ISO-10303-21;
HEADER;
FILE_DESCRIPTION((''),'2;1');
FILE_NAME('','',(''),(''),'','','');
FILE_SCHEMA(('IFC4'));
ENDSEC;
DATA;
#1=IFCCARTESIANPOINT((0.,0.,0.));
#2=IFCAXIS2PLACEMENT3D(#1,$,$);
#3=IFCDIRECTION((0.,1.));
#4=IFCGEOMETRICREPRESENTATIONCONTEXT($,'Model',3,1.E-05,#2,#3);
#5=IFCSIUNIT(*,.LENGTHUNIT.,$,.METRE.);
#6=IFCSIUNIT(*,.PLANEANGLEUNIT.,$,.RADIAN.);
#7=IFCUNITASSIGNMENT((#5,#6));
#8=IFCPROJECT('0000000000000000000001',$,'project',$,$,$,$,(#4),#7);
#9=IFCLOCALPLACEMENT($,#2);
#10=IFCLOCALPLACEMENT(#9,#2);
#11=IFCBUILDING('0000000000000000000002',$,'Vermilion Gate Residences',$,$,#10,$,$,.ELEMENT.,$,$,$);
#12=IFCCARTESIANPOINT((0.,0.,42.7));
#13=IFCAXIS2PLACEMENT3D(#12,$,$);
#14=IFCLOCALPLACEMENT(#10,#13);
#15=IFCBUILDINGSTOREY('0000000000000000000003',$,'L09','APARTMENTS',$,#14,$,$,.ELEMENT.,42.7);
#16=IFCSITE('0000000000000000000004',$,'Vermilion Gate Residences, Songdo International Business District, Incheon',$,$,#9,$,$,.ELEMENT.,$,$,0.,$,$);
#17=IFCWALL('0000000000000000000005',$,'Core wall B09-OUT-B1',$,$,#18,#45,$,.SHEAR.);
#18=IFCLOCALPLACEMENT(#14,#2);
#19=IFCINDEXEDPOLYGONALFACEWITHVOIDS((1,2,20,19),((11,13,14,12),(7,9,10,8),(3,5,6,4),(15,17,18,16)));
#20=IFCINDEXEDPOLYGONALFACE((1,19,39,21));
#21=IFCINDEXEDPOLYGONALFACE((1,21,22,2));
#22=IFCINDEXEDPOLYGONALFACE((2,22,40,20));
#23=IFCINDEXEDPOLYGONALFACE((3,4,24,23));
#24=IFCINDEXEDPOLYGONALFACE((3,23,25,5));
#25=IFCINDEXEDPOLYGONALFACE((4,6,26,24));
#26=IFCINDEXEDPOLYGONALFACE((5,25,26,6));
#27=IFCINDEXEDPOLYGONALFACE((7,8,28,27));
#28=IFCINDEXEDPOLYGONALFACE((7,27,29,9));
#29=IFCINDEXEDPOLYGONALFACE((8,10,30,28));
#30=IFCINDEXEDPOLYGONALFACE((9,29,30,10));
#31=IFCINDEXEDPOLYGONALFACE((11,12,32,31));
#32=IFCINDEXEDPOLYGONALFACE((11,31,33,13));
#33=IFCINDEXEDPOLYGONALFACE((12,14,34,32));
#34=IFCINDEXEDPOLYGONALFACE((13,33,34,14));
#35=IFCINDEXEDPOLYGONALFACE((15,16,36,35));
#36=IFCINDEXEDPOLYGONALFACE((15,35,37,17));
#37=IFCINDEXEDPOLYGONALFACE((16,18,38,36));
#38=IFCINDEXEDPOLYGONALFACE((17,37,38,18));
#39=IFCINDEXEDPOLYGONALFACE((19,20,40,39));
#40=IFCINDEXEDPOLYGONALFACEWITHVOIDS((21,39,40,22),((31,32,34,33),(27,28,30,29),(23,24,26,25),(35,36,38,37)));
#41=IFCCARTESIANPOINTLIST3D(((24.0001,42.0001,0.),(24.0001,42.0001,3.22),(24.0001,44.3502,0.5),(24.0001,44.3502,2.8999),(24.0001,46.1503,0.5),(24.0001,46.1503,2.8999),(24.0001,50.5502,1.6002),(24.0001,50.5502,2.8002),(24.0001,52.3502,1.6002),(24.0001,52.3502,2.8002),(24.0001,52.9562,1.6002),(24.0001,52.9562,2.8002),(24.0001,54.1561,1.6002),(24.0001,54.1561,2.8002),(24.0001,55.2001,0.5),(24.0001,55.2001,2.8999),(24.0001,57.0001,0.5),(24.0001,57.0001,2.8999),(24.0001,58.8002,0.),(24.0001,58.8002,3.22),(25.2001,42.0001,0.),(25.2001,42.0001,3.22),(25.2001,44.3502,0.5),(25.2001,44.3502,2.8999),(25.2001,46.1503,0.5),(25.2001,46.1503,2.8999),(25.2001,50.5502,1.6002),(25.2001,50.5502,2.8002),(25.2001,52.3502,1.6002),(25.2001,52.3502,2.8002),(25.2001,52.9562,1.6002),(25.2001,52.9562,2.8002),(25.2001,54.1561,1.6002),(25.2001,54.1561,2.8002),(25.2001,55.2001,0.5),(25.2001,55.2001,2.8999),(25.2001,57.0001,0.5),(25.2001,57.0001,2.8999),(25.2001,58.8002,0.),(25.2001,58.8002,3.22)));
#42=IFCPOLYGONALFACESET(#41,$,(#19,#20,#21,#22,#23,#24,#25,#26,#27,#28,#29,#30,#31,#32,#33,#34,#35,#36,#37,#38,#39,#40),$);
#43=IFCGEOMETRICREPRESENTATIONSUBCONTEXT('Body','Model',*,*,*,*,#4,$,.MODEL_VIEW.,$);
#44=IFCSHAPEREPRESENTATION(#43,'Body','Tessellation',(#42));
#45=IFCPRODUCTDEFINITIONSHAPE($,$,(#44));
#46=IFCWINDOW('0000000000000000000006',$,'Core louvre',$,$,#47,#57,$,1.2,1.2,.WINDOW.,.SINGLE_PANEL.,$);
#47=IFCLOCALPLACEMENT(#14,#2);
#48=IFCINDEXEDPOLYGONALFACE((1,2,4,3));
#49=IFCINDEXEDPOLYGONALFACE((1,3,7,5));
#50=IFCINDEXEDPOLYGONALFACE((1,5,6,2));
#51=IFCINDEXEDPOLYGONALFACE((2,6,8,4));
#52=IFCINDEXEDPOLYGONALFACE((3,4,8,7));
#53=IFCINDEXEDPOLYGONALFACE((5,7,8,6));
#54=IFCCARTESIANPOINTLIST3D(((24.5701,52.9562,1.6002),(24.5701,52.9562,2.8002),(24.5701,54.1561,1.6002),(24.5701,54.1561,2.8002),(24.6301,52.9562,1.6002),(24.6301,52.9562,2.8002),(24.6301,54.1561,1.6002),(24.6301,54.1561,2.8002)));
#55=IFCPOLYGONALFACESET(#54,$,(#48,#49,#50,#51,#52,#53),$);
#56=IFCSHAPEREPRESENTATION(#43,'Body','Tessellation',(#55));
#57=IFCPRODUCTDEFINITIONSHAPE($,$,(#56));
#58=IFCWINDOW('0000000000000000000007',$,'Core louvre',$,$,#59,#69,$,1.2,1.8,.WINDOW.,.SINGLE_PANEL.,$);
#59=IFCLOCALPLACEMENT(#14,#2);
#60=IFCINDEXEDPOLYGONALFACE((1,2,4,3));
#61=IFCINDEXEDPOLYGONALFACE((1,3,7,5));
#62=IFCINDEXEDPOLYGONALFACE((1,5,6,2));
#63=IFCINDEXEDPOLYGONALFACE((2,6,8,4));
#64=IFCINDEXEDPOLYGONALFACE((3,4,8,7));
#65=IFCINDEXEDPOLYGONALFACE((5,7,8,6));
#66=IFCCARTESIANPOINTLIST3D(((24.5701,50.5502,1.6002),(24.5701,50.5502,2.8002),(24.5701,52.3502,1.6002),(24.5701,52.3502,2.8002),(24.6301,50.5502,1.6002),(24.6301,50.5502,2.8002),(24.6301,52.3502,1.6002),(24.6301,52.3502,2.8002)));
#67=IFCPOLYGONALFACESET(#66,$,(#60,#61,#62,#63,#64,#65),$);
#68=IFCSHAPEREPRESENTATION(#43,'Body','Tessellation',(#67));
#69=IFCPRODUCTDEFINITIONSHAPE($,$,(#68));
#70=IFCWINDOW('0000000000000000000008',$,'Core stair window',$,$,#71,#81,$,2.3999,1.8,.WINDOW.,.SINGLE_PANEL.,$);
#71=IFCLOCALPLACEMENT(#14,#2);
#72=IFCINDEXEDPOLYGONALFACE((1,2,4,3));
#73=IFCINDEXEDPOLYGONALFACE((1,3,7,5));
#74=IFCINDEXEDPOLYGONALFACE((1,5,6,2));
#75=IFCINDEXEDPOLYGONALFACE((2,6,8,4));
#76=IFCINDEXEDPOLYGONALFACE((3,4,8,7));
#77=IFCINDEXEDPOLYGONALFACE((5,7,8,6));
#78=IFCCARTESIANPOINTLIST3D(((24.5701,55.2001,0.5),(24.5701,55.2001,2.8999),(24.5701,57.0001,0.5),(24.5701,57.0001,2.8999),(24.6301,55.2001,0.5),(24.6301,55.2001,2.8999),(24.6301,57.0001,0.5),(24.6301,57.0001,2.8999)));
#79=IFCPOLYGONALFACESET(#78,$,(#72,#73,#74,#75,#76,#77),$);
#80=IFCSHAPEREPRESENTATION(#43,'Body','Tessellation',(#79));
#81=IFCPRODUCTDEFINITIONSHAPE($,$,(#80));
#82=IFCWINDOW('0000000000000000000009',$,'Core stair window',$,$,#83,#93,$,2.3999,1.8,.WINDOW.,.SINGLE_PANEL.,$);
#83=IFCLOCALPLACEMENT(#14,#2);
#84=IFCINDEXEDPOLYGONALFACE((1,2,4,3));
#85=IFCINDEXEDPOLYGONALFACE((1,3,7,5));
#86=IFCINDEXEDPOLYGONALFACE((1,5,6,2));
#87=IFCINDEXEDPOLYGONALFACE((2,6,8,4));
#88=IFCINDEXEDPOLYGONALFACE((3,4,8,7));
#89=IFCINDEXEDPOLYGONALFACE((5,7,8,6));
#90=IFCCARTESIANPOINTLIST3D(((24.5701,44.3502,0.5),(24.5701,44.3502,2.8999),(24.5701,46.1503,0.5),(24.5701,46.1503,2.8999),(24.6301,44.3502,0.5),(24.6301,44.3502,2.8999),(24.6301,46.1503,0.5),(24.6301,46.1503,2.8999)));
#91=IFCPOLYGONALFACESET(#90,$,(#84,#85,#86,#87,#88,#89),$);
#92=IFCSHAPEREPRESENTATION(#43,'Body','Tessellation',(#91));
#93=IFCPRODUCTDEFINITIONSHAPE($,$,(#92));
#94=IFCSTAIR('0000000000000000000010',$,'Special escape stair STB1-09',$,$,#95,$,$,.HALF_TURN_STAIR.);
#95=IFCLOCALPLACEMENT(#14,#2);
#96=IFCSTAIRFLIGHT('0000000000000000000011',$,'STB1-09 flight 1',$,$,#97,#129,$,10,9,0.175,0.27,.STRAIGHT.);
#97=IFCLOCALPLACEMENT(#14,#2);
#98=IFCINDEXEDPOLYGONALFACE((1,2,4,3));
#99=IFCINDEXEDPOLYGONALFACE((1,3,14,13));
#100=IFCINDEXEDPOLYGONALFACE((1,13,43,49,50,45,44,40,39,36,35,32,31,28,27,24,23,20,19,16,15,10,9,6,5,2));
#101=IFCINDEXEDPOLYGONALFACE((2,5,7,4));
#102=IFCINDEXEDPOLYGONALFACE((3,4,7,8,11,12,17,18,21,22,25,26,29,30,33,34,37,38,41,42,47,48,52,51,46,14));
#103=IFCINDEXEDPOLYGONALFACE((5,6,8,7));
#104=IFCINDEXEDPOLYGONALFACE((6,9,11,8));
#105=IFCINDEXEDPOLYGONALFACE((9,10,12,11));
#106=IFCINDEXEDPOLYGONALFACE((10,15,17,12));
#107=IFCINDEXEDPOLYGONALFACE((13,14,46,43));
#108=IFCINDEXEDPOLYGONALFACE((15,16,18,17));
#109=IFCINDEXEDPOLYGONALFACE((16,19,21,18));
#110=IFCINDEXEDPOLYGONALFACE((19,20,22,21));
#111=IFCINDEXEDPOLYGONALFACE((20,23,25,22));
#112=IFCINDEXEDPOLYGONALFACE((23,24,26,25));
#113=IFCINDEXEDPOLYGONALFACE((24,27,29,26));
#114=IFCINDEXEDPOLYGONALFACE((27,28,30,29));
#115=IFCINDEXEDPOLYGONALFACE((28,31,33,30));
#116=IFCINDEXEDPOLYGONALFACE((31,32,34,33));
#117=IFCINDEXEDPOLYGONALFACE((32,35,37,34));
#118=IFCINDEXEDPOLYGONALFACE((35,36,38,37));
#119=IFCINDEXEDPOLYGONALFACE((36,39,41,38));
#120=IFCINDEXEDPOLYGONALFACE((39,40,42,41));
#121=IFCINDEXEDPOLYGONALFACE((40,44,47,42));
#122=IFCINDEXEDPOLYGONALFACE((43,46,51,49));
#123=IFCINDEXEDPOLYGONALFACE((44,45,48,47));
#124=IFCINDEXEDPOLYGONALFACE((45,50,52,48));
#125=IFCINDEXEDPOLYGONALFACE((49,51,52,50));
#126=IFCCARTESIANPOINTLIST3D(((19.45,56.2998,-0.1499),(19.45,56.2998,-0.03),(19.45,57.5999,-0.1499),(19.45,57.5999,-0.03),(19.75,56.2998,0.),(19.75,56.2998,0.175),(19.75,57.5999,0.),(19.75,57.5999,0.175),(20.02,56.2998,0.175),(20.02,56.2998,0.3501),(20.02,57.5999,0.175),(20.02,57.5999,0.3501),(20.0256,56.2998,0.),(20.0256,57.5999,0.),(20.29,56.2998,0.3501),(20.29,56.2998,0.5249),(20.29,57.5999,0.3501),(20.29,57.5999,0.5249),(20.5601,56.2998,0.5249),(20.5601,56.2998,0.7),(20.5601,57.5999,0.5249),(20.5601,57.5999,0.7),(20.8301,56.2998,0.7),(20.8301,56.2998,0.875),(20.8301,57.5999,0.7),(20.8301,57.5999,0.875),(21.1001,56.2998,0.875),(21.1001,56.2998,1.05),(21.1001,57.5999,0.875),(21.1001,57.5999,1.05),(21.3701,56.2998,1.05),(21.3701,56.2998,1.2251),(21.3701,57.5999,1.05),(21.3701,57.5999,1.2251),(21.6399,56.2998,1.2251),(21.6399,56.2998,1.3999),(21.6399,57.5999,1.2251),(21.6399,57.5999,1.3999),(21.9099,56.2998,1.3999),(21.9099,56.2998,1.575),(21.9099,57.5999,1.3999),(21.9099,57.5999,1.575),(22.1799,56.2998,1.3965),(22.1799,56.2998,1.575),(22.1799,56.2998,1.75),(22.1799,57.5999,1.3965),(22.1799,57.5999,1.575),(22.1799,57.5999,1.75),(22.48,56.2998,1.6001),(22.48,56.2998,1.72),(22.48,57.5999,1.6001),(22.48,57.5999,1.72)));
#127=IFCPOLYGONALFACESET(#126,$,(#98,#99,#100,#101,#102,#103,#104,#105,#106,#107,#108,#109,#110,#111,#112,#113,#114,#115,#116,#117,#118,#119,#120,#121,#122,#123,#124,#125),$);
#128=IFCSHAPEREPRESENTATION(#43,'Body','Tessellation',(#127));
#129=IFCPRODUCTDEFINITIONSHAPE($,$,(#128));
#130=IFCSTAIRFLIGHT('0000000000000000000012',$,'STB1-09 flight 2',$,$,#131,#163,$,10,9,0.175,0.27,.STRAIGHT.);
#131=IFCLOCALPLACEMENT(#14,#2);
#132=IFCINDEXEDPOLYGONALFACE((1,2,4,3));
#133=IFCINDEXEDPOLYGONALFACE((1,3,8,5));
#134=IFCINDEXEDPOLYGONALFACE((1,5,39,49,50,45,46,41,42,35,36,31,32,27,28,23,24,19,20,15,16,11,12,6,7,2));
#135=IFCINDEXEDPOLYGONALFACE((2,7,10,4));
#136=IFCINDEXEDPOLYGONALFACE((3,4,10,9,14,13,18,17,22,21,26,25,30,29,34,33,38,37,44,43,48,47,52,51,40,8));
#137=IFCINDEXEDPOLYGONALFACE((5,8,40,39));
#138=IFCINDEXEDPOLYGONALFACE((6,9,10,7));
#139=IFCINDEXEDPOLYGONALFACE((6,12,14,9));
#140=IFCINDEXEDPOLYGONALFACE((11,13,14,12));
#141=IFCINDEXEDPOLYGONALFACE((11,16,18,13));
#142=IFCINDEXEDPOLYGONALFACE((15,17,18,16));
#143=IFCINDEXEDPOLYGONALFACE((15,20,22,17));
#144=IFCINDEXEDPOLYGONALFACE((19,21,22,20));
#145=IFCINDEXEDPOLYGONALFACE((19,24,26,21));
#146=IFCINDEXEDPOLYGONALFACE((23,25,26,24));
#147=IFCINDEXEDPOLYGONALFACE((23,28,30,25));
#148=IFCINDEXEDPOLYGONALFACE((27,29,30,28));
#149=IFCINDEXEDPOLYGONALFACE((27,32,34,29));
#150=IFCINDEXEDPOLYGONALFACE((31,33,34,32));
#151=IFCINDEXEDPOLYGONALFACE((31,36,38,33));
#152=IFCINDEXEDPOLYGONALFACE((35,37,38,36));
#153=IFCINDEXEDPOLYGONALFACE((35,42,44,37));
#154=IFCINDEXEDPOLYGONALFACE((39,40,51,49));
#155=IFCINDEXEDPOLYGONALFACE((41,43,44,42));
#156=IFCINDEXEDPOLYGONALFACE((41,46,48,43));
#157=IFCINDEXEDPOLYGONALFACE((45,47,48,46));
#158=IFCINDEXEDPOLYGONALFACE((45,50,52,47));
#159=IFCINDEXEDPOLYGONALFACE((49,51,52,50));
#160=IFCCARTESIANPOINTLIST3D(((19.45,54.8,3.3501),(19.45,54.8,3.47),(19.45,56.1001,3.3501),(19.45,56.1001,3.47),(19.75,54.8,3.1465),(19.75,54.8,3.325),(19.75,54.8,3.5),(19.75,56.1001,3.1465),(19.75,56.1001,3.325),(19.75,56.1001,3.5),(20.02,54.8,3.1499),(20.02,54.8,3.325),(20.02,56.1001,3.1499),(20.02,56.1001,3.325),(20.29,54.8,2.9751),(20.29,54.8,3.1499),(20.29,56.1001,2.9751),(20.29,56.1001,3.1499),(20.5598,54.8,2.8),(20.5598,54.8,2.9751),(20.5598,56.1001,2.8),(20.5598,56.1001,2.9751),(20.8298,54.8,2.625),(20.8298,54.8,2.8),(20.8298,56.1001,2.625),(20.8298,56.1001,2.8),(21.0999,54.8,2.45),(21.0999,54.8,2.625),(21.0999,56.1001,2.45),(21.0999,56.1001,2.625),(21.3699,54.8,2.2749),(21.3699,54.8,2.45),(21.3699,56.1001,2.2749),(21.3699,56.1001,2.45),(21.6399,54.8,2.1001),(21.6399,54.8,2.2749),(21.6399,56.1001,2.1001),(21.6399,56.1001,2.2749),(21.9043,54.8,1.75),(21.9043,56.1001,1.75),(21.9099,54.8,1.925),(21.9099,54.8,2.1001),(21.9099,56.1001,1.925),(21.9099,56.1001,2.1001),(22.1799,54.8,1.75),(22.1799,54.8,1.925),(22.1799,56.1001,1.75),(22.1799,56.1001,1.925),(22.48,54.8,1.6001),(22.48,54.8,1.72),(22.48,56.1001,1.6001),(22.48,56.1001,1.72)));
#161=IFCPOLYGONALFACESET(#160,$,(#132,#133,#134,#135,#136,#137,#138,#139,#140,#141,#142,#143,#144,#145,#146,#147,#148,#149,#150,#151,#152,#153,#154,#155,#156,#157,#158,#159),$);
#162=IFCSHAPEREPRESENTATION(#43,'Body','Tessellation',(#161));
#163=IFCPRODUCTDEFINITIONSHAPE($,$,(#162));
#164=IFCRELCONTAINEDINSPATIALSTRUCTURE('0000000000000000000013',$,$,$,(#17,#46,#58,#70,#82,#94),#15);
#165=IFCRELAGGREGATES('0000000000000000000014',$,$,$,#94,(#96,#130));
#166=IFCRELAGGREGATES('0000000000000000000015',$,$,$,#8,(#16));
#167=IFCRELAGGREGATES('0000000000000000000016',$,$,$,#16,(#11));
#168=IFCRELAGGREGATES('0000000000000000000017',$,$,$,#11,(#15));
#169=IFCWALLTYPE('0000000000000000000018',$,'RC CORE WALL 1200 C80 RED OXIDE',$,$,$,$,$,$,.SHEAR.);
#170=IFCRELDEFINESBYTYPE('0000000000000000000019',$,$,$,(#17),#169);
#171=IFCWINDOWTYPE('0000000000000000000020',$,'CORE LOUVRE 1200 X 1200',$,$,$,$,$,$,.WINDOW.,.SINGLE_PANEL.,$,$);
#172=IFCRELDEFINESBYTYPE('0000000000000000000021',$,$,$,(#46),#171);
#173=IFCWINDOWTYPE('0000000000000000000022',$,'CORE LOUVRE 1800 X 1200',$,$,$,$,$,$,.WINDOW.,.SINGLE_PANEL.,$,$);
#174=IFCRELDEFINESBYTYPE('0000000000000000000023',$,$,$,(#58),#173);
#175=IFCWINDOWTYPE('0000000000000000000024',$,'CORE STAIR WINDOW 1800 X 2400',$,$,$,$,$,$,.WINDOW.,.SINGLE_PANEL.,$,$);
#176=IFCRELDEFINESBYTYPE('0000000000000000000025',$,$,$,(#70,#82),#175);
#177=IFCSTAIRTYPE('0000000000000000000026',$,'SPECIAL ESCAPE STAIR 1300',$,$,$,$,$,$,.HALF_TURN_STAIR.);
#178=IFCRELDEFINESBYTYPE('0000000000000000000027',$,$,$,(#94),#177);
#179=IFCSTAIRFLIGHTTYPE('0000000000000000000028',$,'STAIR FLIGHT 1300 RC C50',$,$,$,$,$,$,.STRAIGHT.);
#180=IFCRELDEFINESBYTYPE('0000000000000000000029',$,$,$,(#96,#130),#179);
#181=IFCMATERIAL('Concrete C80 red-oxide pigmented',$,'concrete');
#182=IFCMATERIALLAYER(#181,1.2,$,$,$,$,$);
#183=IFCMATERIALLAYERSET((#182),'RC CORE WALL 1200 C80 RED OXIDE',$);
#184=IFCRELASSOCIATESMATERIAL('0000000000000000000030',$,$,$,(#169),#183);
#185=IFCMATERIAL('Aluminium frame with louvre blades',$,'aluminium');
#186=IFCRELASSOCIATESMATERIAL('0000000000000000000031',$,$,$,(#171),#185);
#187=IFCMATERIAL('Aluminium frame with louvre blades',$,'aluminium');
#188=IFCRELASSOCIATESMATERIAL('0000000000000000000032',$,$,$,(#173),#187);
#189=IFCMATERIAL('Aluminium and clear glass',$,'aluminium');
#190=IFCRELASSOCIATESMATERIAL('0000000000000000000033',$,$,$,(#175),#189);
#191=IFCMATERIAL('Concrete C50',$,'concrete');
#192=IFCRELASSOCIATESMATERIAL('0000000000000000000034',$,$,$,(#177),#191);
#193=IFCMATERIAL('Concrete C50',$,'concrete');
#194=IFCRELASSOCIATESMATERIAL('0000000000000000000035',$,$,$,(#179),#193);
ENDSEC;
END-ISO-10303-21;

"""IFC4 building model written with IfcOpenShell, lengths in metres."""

from ifc_helpers import new_model, si_unit, direction, frame, frame_2d, origin, place, context, subcontext, project, spatial, polyline, rectangle, outline, extrude, material, layer, layer_set, type_object, element, fill, aggregate, save


model = new_model("IFC4")

# Units and contexts
model_context = context("Model", 3, precision=1e-05, world=origin(), true_north=direction((0.0, 1.0)))
body_context = subcontext(model_context, "Body", "Model", "MODEL_VIEW")
ifc_project = project(units=[si_unit("LENGTHUNIT", "METRE"), si_unit("PLANEANGLEUNIT", "RADIAN")], contexts=[model_context])

# Site, building, storey
site_placement = place(None, origin())
site = spatial("IfcSite", under=ifc_project, at=site_placement, Name="Vermilion Gate Residences, Songdo International Business District, Incheon", CompositionType="ELEMENT", RefElevation=0.0)
building_placement = place(site_placement, origin())
building = spatial("IfcBuilding", under=site, at=building_placement, Name="Vermilion Gate Residences", CompositionType="ELEMENT")
storey_placement = place(building_placement, frame((0.0, 0.0, 42.7)))
storey = spatial("IfcBuildingStorey", under=building, at=storey_placement, Name="L09", Description="APARTMENTS", CompositionType="ELEMENT", Elevation=42.7)

# Wall, openings, windows
ifc_material_1 = material(Name="Concrete C80 red-oxide pigmented", Category="concrete")
ifc_layer_1 = layer(ifc_material_1, 1.2)
ifc_layer_set_1 = layer_set([ifc_layer_1], Name="RC CORE WALL 1200 C80 RED OXIDE")
wall_type_1 = type_object("IfcWallType", Name="RC CORE WALL 1200 C80 RED OXIDE", PredefinedType="SHEAR", material=ifc_layer_set_1)
wall_1_placement = place(storey_placement, frame((24.6001, 58.8, 0.0), z_axis=(0.0, 0.0, 1.0), x_axis=(0.0, -1.0, 0.0)))
wall_1 = element("IfcWall", 1, at=wall_1_placement, inside=storey, type_object=wall_type_1, Name="Core wall B09-OUT-B1", PredefinedType="SHEAR", context=body_context, shape_type="SweptSolid", body=[
    extrude(rectangle(XDim=16.8, YDim=1.2, at=frame_2d((8.3999, 0.0))), origin(), (0.0, 0.0, 1.0), 3.22),
])
opening_1_placement = place(wall_1_placement, frame((1.8, 0.0, 0.5)))
opening_1 = element("IfcOpeningElement", 2, at=opening_1_placement, cuts=wall_1, PredefinedType="OPENING", context=body_context, shape_type="SweptSolid", body=[
    extrude(rectangle(XDim=1.8, YDim=2.3999, at=frame_2d((0.8999, 1.2))), frame((0.0, 0.6099, 0.0), z_axis=(0.0, -1.0, 0.0), x_axis=(1.0, 0.0, 0.0)), (0.0, 0.0, 1.0), 1.22),
])
opening_2_placement = place(wall_1_placement, frame((4.6438, 0.0, 1.6001)))
opening_2 = element("IfcOpeningElement", 3, at=opening_2_placement, cuts=wall_1, PredefinedType="OPENING", context=body_context, shape_type="SweptSolid", body=[
    extrude(rectangle(XDim=1.2, YDim=1.2, at=frame_2d((0.6001, 0.6001))), frame((0.0, 0.6099, 0.0), z_axis=(0.0, -1.0, 0.0), x_axis=(1.0, 0.0, 0.0)), (0.0, 0.0, 1.0), 1.22),
])
opening_3_placement = place(wall_1_placement, frame((6.45, 0.0, 1.6001)))
opening_3 = element("IfcOpeningElement", 4, at=opening_3_placement, cuts=wall_1, PredefinedType="OPENING", context=body_context, shape_type="SweptSolid", body=[
    extrude(rectangle(XDim=1.8, YDim=1.2, at=frame_2d((0.8999, 0.6001))), frame((0.0, 0.6099, 0.0), z_axis=(0.0, -1.0, 0.0), x_axis=(1.0, 0.0, 0.0)), (0.0, 0.0, 1.0), 1.22),
])
opening_4_placement = place(wall_1_placement, frame((12.6499, 0.0, 0.5)))
opening_4 = element("IfcOpeningElement", 5, at=opening_4_placement, cuts=wall_1, PredefinedType="OPENING", context=body_context, shape_type="SweptSolid", body=[
    extrude(rectangle(XDim=1.8, YDim=2.3999, at=frame_2d((0.8999, 1.2))), frame((0.0, 0.6099, 0.0), z_axis=(0.0, -1.0, 0.0), x_axis=(1.0, 0.0, 0.0)), (0.0, 0.0, 1.0), 1.22),
])
ifc_material_2 = material(Name="Aluminium frame with louvre blades", Category="aluminium")
window_type_1 = type_object("IfcWindowType", Name="CORE LOUVRE 1200 X 1200", PartitioningType="SINGLE_PANEL", PredefinedType="WINDOW", material=ifc_material_2)
window_1_placement = place(opening_2_placement, origin())
window_1 = element("IfcWindow", 6, at=window_1_placement, inside=storey, type_object=window_type_1, Name="Core louvre", OverallHeight=1.2, OverallWidth=1.2, PartitioningType="SINGLE_PANEL", PredefinedType="WINDOW", context=body_context, shape_type="SweptSolid", body=[
    extrude(rectangle(XDim=1.2, YDim=1.2, at=frame_2d((0.6001, 0.6001))), frame((0.0, 0.03, 0.0), z_axis=(0.0, -1.0, 0.0), x_axis=(1.0, 0.0, 0.0)), (0.0, 0.0, 1.0), 0.0601),
])
fill(opening_2, window_1)
ifc_material_3 = material(Name="Aluminium frame with louvre blades", Category="aluminium")
window_type_2 = type_object("IfcWindowType", Name="CORE LOUVRE 1800 X 1200", PartitioningType="SINGLE_PANEL", PredefinedType="WINDOW", material=ifc_material_3)
window_2_placement = place(opening_3_placement, origin())
window_2 = element("IfcWindow", 7, at=window_2_placement, inside=storey, type_object=window_type_2, Name="Core louvre", OverallHeight=1.2, OverallWidth=1.8, PartitioningType="SINGLE_PANEL", PredefinedType="WINDOW", context=body_context, shape_type="SweptSolid", body=[
    extrude(rectangle(XDim=1.8, YDim=1.2, at=frame_2d((0.8999, 0.6001))), frame((0.0, 0.03, 0.0), z_axis=(0.0, -1.0, 0.0), x_axis=(1.0, 0.0, 0.0)), (0.0, 0.0, 1.0), 0.0601),
])
fill(opening_3, window_2)
ifc_material_4 = material(Name="Aluminium and clear glass", Category="aluminium")
window_type_3 = type_object("IfcWindowType", Name="CORE STAIR WINDOW 1800 X 2400", PartitioningType="SINGLE_PANEL", PredefinedType="WINDOW", material=ifc_material_4)
window_3_placement = place(opening_1_placement, origin())
window_3 = element("IfcWindow", 8, at=window_3_placement, inside=storey, type_object=window_type_3, Name="Core stair window", OverallHeight=2.3999, OverallWidth=1.8, PartitioningType="SINGLE_PANEL", PredefinedType="WINDOW", context=body_context, shape_type="SweptSolid", body=[
    extrude(rectangle(XDim=1.8, YDim=2.3999, at=frame_2d((0.8999, 1.2))), frame((0.0, 0.03, 0.0), z_axis=(0.0, -1.0, 0.0), x_axis=(1.0, 0.0, 0.0)), (0.0, 0.0, 1.0), 0.0601),
])
fill(opening_1, window_3)
window_4_placement = place(opening_4_placement, origin())
window_4 = element("IfcWindow", 9, at=window_4_placement, inside=storey, type_object=window_type_3, Name="Core stair window", OverallHeight=2.3999, OverallWidth=1.8, PartitioningType="SINGLE_PANEL", PredefinedType="WINDOW", context=body_context, shape_type="SweptSolid", body=[
    extrude(rectangle(XDim=1.8, YDim=2.3999, at=frame_2d((0.8999, 1.2))), frame((0.0, 0.03, 0.0), z_axis=(0.0, -1.0, 0.0), x_axis=(1.0, 0.0, 0.0)), (0.0, 0.0, 1.0), 0.0601),
])
fill(opening_4, window_4)

# Stair, stair flights
ifc_material_5 = material(Name="Concrete C50", Category="concrete")
stair_type = type_object("IfcStairType", Name="SPECIAL ESCAPE STAIR 1300", PredefinedType="HALF_TURN_STAIR", material=ifc_material_5)
stair_placement = place(storey_placement, origin())
stair = element("IfcStair", 10, at=stair_placement, inside=storey, type_object=stair_type, Name="Special escape stair STB1-09", PredefinedType="HALF_TURN_STAIR")
ifc_material_6 = material(Name="Concrete C50", Category="concrete")
stair_flight_type = type_object("IfcStairFlightType", Name="STAIR FLIGHT 1300 RC C50", PredefinedType="STRAIGHT", material=ifc_material_6)
stair_flight_1_placement = place(storey_placement, frame((19.75, 56.95, 0.0), z_axis=(0.0, 0.0, 1.0), x_axis=(1.0, 0.0, 0.0)))
stair_flight_1 = element("IfcStairFlight", 11, at=stair_flight_1_placement, type_object=stair_flight_type, Name="STB1-09 flight 1", NumberOfRisers=10, NumberOfTreads=9, PredefinedType="STRAIGHT", RiserHeight=0.175, TreadLength=0.27, context=body_context, shape_type="SweptSolid", body=[
    extrude(outline(polyline([(-0.3, -0.1499), (-0.3, -0.03), (0.0, 0.0), (0.0, 0.175), (0.27, 0.175), (0.27, 0.3501), (0.54, 0.3501), (0.54, 0.5249), (0.8101, 0.5249), (0.8101, 0.7), (1.0801, 0.7), (1.0801, 0.875), (1.3501, 0.875), (1.3501, 1.05), (1.6201, 1.05), (1.6201, 1.2251), (1.8899, 1.2251), (1.8899, 1.3999), (2.1599, 1.3999), (2.1599, 1.575), (2.4299, 1.575), (2.4299, 1.75), (2.73, 1.72), (2.73, 1.6001), (2.4299, 1.3965), (0.2756, 0.0), (-0.3, -0.1499)])), frame((0.0, 0.6499, 0.0), z_axis=(0.0, -1.0, 0.0), x_axis=(1.0, 0.0, 0.0)), (0.0, 0.0, 1.0), 1.3),
])
stair_flight_2_placement = place(storey_placement, frame((22.1799, 55.45, 1.75), z_axis=(0.0, 0.0, 1.0), x_axis=(-1.0, 0.0, 0.0)))
stair_flight_2 = element("IfcStairFlight", 12, at=stair_flight_2_placement, type_object=stair_flight_type, Name="STB1-09 flight 2", NumberOfRisers=10, NumberOfTreads=9, PredefinedType="STRAIGHT", RiserHeight=0.175, TreadLength=0.27, context=body_context, shape_type="SweptSolid", body=[
    extrude(outline(polyline([(-0.3, -0.1499), (-0.3, -0.03), (0.0, 0.0), (0.0, 0.175), (0.27, 0.175), (0.27, 0.3501), (0.54, 0.3501), (0.54, 0.5249), (0.8101, 0.5249), (0.8101, 0.7), (1.0801, 0.7), (1.0801, 0.875), (1.3501, 0.875), (1.3501, 1.05), (1.6201, 1.05), (1.6201, 1.2251), (1.8899, 1.2251), (1.8899, 1.3999), (2.1599, 1.3999), (2.1599, 1.575), (2.4299, 1.575), (2.4299, 1.75), (2.73, 1.72), (2.73, 1.6001), (2.4299, 1.3965), (0.2756, 0.0), (-0.3, -0.1499)])), frame((0.0, 0.6499, 0.0), z_axis=(0.0, -1.0, 0.0), x_axis=(1.0, 0.0, 0.0)), (0.0, 0.0, 1.0), 1.3),
])
aggregate(stair, [stair_flight_1, stair_flight_2])

save(model, "model.ifc")
